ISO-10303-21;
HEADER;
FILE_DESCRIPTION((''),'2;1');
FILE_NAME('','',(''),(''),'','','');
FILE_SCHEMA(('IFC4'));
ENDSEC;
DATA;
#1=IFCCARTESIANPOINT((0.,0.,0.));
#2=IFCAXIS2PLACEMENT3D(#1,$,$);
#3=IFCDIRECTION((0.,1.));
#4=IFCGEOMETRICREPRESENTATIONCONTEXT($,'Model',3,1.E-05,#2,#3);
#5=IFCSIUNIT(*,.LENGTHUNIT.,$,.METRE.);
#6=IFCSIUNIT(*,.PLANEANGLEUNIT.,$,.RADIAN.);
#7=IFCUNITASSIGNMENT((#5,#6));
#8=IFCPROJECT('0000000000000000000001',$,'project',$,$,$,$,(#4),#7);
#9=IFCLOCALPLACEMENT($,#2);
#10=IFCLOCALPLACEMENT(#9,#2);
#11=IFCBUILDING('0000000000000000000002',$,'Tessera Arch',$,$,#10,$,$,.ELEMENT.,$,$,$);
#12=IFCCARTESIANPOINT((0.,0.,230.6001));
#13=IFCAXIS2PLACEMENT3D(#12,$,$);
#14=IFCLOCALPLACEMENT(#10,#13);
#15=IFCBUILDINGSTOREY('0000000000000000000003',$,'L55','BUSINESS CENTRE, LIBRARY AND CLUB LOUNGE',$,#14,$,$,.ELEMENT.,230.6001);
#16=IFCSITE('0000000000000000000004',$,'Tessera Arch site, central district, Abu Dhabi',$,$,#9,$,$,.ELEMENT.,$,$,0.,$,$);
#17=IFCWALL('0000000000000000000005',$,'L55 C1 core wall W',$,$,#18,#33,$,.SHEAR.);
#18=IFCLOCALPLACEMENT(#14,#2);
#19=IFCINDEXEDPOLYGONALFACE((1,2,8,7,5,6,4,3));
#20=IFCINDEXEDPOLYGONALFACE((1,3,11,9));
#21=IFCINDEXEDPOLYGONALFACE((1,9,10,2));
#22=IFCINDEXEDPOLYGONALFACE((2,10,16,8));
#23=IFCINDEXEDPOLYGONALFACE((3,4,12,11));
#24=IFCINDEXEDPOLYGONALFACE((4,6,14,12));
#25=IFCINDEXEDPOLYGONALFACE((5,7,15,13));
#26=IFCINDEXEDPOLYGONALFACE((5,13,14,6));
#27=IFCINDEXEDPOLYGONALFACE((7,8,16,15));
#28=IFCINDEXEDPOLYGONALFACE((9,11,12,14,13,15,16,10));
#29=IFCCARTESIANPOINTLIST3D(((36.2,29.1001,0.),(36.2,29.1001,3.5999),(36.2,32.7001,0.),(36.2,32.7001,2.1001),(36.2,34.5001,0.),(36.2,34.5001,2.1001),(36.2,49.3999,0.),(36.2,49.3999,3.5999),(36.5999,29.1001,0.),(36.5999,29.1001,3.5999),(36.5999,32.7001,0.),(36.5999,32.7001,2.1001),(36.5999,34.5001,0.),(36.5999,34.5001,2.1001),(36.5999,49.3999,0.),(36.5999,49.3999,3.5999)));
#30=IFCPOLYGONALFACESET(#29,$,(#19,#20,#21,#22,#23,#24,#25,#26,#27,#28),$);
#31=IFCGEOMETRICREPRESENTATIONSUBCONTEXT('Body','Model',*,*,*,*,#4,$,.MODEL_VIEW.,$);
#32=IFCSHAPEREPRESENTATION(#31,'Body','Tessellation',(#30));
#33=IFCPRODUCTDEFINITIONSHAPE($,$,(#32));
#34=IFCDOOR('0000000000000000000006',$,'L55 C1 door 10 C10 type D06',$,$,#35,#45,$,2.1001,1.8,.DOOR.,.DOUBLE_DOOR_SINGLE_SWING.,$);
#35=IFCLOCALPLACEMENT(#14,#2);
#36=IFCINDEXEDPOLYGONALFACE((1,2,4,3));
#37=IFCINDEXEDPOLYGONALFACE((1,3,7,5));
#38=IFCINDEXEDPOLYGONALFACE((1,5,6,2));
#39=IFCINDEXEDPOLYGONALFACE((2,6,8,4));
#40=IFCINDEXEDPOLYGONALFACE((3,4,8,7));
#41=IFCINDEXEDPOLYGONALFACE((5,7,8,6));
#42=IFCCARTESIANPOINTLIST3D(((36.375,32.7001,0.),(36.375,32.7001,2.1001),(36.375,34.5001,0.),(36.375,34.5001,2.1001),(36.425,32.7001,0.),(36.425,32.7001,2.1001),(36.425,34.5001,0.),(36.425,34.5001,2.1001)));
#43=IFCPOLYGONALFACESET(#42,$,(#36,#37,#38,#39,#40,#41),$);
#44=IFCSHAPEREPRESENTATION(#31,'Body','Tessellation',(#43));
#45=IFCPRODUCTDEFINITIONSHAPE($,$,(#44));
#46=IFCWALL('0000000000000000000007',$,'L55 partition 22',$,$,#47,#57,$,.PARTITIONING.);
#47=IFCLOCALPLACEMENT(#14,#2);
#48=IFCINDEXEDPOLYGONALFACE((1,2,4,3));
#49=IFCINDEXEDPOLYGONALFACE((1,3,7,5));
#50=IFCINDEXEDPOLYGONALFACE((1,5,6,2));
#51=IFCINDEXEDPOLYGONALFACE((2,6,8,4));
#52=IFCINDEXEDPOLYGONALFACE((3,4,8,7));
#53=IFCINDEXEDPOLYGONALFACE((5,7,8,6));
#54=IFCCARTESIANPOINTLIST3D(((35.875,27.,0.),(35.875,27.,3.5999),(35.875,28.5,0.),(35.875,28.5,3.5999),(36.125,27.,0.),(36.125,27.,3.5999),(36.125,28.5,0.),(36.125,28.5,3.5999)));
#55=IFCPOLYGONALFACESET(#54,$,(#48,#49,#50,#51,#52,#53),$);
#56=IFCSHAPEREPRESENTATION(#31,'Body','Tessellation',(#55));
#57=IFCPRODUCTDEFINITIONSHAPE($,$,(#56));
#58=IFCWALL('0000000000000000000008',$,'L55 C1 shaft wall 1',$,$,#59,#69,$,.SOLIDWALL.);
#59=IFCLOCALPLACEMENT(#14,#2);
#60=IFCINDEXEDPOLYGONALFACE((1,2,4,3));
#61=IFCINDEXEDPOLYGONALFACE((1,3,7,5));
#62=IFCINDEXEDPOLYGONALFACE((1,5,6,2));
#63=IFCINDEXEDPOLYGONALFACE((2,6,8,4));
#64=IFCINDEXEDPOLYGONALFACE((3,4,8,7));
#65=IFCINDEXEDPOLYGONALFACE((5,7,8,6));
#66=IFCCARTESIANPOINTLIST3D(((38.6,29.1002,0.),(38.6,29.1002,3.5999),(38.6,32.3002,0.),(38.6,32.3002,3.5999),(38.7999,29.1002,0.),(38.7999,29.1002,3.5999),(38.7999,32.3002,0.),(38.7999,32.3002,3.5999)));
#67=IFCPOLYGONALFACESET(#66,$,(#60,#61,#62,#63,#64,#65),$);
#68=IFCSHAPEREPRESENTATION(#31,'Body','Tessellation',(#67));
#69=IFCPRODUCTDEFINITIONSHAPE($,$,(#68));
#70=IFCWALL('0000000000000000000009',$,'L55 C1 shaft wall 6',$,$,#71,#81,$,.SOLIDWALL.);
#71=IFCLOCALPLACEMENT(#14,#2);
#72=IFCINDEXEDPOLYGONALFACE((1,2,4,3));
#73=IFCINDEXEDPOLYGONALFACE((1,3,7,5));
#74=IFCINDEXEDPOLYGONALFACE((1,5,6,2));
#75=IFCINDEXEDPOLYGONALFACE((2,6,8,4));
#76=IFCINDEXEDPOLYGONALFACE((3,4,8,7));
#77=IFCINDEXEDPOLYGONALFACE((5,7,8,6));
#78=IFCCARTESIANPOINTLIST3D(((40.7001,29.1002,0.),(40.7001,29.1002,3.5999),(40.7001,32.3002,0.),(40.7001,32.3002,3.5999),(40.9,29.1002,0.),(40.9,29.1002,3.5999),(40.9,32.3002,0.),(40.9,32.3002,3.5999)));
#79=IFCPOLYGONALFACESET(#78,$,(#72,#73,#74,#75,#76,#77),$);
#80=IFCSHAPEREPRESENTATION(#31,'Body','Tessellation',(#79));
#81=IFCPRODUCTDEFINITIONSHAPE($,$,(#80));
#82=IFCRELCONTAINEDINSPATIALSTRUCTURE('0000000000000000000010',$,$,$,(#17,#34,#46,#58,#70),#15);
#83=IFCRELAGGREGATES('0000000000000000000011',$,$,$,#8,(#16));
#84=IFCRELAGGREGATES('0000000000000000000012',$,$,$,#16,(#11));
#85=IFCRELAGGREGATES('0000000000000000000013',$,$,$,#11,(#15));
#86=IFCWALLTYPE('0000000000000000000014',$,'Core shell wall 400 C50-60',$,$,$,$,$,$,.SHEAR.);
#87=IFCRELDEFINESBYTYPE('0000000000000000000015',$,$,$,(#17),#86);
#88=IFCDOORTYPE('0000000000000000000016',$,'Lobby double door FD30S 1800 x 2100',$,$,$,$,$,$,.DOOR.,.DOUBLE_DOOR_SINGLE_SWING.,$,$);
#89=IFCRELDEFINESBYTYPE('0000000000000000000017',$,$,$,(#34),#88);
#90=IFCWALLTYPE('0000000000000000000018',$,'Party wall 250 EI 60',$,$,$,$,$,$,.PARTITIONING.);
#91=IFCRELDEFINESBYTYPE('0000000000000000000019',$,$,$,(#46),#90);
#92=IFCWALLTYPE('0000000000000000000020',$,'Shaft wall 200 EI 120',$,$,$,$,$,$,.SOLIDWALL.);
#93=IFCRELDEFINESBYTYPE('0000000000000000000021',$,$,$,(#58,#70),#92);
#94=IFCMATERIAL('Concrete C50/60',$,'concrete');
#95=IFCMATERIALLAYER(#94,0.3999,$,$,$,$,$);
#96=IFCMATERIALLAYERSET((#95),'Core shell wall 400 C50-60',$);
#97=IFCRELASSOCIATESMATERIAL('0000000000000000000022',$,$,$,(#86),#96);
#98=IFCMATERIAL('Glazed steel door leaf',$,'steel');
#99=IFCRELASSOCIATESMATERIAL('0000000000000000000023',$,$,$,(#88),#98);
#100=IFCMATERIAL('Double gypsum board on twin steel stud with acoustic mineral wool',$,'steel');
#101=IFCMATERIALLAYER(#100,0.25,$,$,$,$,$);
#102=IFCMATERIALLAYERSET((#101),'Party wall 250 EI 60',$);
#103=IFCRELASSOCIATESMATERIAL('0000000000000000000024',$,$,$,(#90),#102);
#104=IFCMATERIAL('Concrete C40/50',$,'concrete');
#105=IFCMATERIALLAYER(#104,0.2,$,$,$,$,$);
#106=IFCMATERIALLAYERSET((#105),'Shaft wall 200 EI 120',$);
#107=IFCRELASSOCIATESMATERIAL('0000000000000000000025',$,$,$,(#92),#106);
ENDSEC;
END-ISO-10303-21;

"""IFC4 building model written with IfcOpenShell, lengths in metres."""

from ifc_helpers import new_model, si_unit, direction, frame, frame_2d, origin, place, context, subcontext, project, spatial, rectangle, extrude, material, layer, layer_set, type_object, element, fill, save


model = new_model("IFC4")

# Units and contexts
model_context = context("Model", 3, precision=1e-05, world=origin(), true_north=direction((0.0, 1.0)))
body_context = subcontext(model_context, "Body", "Model", "MODEL_VIEW")
ifc_project = project(units=[si_unit("LENGTHUNIT", "METRE"), si_unit("PLANEANGLEUNIT", "RADIAN")], contexts=[model_context])

# Site, building, storey
site_placement = place(None, origin())
site = spatial("IfcSite", under=ifc_project, at=site_placement, Name="Tessera Arch site, central district, Abu Dhabi", CompositionType="ELEMENT", RefElevation=0.0)
building_placement = place(site_placement, origin())
building = spatial("IfcBuilding", under=site, at=building_placement, Name="Tessera Arch", CompositionType="ELEMENT")
storey_placement = place(building_placement, frame((0.0, 0.0, 230.6001)))
storey = spatial("IfcBuildingStorey", under=building, at=storey_placement, Name="L55", Description="BUSINESS CENTRE, LIBRARY AND CLUB LOUNGE", CompositionType="ELEMENT", Elevation=230.6001)

# Shared definitions
ifc_material_1 = material(Name="Concrete C50/60", Category="concrete")
ifc_layer_1 = layer(ifc_material_1, 0.3999)
ifc_layer_set_1 = layer_set([ifc_layer_1], Name="Core shell wall 400 C50-60")
wall_type_1 = type_object("IfcWallType", Name="Core shell wall 400 C50-60", PredefinedType="SHEAR", material=ifc_layer_set_1)

# Wall, opening, door
wall_1_placement = place(storey_placement, frame((36.3999, 29.1001, 0.0), z_axis=(0.0, 0.0, 1.0), x_axis=(0.0, 1.0, 0.0)))
wall_1 = element("IfcWall", 1, at=wall_1_placement, inside=storey, type_object=wall_type_1, Name="L55 C1 core wall W", PredefinedType="SHEAR", context=body_context, shape_type="SweptSolid", body=[
    extrude(rectangle(XDim=20.2998, YDim=0.3999, at=frame_2d((10.1499, 0.0))), origin(), (0.0, 0.0, 1.0), 3.5999),
])
opening_1_placement = place(wall_1_placement, frame((3.6001, 0.0, 0.0)))
opening_1 = element("IfcOpeningElement", 2, at=opening_1_placement, cuts=wall_1, PredefinedType="OPENING", context=body_context, shape_type="SweptSolid", body=[
    extrude(rectangle(XDim=1.8, YDim=2.1001, at=frame_2d((0.8999, 1.05))), frame((0.0, 0.21, 0.0), z_axis=(0.0, -1.0, 0.0), x_axis=(1.0, 0.0, 0.0)), (0.0, 0.0, 1.0), 0.4199),
])
ifc_material_2 = material(Name="Glazed steel door leaf", Category="steel")
door_type_1 = type_object("IfcDoorType", Name="Lobby double door FD30S 1800 x 2100", OperationType="DOUBLE_DOOR_SINGLE_SWING", PredefinedType="DOOR", material=ifc_material_2)
door_1_placement = place(opening_1_placement, origin())
door_1 = element("IfcDoor", 3, at=door_1_placement, inside=storey, type_object=door_type_1, Name="L55 C1 door 10 C10 type D06", OperationType="DOUBLE_DOOR_SINGLE_SWING", OverallHeight=2.1001, OverallWidth=1.8, PredefinedType="DOOR", context=body_context, shape_type="SweptSolid", body=[
    extrude(rectangle(XDim=1.8, YDim=2.1001, at=frame_2d((0.8999, 1.05))), frame((0.0, 0.0249, 0.0), z_axis=(0.0, -1.0, 0.0), x_axis=(1.0, 0.0, 0.0)), (0.0, 0.0, 1.0), 0.05),
])
fill(opening_1, door_1)

# Walls
ifc_material_3 = material(Name="Double gypsum board on twin steel stud with acoustic mineral wool", Category="steel")
ifc_layer_2 = layer(ifc_material_3, 0.25)
ifc_layer_set_2 = layer_set([ifc_layer_2], Name="Party wall 250 EI 60")
wall_type_2 = type_object("IfcWallType", Name="Party wall 250 EI 60", PredefinedType="PARTITIONING", material=ifc_layer_set_2)
wall_2_placement = place(storey_placement, frame((36.0, 27.0, 0.0), z_axis=(0.0, 0.0, 1.0), x_axis=(0.0, 1.0, 0.0)))
element("IfcWall", 4, at=wall_2_placement, inside=storey, type_object=wall_type_2, Name="L55 partition 22", PredefinedType="PARTITIONING", context=body_context, shape_type="SweptSolid", body=[
    extrude(rectangle(XDim=1.5, YDim=0.25, at=frame_2d((0.75, 0.0))), origin(), (0.0, 0.0, 1.0), 3.5999),
])
ifc_material_4 = material(Name="Concrete C40/50", Category="concrete")
ifc_layer_3 = layer(ifc_material_4, 0.2)
ifc_layer_set_3 = layer_set([ifc_layer_3], Name="Shaft wall 200 EI 120")
wall_type_3 = type_object("IfcWallType", Name="Shaft wall 200 EI 120", PredefinedType="SOLIDWALL", material=ifc_layer_set_3)
for number, where, z_axis, x_axis, name in (
    (5, (38.7, 29.1001, 0.0), (0.0, 0.0, 1.0), (0.0, 1.0, 0.0), "L55 C1 shaft wall 1"),
    (6, (40.8, 29.1001, 0.0), (0.0, 0.0, 1.0), (0.0, 1.0, 0.0), "L55 C1 shaft wall 6"),
):
    element("IfcWall", number, at=place(storey_placement, frame(where, z_axis=z_axis, x_axis=x_axis)), inside=storey, type_object=wall_type_3, Name=name, PredefinedType="SOLIDWALL", context=body_context, shape_type="SweptSolid", body=[
        extrude(rectangle(XDim=3.2, YDim=0.2, at=frame_2d((1.6001, 0.0))), origin(), (0.0, 0.0, 1.0), 3.5999),
    ])

save(model, "model.ifc")
